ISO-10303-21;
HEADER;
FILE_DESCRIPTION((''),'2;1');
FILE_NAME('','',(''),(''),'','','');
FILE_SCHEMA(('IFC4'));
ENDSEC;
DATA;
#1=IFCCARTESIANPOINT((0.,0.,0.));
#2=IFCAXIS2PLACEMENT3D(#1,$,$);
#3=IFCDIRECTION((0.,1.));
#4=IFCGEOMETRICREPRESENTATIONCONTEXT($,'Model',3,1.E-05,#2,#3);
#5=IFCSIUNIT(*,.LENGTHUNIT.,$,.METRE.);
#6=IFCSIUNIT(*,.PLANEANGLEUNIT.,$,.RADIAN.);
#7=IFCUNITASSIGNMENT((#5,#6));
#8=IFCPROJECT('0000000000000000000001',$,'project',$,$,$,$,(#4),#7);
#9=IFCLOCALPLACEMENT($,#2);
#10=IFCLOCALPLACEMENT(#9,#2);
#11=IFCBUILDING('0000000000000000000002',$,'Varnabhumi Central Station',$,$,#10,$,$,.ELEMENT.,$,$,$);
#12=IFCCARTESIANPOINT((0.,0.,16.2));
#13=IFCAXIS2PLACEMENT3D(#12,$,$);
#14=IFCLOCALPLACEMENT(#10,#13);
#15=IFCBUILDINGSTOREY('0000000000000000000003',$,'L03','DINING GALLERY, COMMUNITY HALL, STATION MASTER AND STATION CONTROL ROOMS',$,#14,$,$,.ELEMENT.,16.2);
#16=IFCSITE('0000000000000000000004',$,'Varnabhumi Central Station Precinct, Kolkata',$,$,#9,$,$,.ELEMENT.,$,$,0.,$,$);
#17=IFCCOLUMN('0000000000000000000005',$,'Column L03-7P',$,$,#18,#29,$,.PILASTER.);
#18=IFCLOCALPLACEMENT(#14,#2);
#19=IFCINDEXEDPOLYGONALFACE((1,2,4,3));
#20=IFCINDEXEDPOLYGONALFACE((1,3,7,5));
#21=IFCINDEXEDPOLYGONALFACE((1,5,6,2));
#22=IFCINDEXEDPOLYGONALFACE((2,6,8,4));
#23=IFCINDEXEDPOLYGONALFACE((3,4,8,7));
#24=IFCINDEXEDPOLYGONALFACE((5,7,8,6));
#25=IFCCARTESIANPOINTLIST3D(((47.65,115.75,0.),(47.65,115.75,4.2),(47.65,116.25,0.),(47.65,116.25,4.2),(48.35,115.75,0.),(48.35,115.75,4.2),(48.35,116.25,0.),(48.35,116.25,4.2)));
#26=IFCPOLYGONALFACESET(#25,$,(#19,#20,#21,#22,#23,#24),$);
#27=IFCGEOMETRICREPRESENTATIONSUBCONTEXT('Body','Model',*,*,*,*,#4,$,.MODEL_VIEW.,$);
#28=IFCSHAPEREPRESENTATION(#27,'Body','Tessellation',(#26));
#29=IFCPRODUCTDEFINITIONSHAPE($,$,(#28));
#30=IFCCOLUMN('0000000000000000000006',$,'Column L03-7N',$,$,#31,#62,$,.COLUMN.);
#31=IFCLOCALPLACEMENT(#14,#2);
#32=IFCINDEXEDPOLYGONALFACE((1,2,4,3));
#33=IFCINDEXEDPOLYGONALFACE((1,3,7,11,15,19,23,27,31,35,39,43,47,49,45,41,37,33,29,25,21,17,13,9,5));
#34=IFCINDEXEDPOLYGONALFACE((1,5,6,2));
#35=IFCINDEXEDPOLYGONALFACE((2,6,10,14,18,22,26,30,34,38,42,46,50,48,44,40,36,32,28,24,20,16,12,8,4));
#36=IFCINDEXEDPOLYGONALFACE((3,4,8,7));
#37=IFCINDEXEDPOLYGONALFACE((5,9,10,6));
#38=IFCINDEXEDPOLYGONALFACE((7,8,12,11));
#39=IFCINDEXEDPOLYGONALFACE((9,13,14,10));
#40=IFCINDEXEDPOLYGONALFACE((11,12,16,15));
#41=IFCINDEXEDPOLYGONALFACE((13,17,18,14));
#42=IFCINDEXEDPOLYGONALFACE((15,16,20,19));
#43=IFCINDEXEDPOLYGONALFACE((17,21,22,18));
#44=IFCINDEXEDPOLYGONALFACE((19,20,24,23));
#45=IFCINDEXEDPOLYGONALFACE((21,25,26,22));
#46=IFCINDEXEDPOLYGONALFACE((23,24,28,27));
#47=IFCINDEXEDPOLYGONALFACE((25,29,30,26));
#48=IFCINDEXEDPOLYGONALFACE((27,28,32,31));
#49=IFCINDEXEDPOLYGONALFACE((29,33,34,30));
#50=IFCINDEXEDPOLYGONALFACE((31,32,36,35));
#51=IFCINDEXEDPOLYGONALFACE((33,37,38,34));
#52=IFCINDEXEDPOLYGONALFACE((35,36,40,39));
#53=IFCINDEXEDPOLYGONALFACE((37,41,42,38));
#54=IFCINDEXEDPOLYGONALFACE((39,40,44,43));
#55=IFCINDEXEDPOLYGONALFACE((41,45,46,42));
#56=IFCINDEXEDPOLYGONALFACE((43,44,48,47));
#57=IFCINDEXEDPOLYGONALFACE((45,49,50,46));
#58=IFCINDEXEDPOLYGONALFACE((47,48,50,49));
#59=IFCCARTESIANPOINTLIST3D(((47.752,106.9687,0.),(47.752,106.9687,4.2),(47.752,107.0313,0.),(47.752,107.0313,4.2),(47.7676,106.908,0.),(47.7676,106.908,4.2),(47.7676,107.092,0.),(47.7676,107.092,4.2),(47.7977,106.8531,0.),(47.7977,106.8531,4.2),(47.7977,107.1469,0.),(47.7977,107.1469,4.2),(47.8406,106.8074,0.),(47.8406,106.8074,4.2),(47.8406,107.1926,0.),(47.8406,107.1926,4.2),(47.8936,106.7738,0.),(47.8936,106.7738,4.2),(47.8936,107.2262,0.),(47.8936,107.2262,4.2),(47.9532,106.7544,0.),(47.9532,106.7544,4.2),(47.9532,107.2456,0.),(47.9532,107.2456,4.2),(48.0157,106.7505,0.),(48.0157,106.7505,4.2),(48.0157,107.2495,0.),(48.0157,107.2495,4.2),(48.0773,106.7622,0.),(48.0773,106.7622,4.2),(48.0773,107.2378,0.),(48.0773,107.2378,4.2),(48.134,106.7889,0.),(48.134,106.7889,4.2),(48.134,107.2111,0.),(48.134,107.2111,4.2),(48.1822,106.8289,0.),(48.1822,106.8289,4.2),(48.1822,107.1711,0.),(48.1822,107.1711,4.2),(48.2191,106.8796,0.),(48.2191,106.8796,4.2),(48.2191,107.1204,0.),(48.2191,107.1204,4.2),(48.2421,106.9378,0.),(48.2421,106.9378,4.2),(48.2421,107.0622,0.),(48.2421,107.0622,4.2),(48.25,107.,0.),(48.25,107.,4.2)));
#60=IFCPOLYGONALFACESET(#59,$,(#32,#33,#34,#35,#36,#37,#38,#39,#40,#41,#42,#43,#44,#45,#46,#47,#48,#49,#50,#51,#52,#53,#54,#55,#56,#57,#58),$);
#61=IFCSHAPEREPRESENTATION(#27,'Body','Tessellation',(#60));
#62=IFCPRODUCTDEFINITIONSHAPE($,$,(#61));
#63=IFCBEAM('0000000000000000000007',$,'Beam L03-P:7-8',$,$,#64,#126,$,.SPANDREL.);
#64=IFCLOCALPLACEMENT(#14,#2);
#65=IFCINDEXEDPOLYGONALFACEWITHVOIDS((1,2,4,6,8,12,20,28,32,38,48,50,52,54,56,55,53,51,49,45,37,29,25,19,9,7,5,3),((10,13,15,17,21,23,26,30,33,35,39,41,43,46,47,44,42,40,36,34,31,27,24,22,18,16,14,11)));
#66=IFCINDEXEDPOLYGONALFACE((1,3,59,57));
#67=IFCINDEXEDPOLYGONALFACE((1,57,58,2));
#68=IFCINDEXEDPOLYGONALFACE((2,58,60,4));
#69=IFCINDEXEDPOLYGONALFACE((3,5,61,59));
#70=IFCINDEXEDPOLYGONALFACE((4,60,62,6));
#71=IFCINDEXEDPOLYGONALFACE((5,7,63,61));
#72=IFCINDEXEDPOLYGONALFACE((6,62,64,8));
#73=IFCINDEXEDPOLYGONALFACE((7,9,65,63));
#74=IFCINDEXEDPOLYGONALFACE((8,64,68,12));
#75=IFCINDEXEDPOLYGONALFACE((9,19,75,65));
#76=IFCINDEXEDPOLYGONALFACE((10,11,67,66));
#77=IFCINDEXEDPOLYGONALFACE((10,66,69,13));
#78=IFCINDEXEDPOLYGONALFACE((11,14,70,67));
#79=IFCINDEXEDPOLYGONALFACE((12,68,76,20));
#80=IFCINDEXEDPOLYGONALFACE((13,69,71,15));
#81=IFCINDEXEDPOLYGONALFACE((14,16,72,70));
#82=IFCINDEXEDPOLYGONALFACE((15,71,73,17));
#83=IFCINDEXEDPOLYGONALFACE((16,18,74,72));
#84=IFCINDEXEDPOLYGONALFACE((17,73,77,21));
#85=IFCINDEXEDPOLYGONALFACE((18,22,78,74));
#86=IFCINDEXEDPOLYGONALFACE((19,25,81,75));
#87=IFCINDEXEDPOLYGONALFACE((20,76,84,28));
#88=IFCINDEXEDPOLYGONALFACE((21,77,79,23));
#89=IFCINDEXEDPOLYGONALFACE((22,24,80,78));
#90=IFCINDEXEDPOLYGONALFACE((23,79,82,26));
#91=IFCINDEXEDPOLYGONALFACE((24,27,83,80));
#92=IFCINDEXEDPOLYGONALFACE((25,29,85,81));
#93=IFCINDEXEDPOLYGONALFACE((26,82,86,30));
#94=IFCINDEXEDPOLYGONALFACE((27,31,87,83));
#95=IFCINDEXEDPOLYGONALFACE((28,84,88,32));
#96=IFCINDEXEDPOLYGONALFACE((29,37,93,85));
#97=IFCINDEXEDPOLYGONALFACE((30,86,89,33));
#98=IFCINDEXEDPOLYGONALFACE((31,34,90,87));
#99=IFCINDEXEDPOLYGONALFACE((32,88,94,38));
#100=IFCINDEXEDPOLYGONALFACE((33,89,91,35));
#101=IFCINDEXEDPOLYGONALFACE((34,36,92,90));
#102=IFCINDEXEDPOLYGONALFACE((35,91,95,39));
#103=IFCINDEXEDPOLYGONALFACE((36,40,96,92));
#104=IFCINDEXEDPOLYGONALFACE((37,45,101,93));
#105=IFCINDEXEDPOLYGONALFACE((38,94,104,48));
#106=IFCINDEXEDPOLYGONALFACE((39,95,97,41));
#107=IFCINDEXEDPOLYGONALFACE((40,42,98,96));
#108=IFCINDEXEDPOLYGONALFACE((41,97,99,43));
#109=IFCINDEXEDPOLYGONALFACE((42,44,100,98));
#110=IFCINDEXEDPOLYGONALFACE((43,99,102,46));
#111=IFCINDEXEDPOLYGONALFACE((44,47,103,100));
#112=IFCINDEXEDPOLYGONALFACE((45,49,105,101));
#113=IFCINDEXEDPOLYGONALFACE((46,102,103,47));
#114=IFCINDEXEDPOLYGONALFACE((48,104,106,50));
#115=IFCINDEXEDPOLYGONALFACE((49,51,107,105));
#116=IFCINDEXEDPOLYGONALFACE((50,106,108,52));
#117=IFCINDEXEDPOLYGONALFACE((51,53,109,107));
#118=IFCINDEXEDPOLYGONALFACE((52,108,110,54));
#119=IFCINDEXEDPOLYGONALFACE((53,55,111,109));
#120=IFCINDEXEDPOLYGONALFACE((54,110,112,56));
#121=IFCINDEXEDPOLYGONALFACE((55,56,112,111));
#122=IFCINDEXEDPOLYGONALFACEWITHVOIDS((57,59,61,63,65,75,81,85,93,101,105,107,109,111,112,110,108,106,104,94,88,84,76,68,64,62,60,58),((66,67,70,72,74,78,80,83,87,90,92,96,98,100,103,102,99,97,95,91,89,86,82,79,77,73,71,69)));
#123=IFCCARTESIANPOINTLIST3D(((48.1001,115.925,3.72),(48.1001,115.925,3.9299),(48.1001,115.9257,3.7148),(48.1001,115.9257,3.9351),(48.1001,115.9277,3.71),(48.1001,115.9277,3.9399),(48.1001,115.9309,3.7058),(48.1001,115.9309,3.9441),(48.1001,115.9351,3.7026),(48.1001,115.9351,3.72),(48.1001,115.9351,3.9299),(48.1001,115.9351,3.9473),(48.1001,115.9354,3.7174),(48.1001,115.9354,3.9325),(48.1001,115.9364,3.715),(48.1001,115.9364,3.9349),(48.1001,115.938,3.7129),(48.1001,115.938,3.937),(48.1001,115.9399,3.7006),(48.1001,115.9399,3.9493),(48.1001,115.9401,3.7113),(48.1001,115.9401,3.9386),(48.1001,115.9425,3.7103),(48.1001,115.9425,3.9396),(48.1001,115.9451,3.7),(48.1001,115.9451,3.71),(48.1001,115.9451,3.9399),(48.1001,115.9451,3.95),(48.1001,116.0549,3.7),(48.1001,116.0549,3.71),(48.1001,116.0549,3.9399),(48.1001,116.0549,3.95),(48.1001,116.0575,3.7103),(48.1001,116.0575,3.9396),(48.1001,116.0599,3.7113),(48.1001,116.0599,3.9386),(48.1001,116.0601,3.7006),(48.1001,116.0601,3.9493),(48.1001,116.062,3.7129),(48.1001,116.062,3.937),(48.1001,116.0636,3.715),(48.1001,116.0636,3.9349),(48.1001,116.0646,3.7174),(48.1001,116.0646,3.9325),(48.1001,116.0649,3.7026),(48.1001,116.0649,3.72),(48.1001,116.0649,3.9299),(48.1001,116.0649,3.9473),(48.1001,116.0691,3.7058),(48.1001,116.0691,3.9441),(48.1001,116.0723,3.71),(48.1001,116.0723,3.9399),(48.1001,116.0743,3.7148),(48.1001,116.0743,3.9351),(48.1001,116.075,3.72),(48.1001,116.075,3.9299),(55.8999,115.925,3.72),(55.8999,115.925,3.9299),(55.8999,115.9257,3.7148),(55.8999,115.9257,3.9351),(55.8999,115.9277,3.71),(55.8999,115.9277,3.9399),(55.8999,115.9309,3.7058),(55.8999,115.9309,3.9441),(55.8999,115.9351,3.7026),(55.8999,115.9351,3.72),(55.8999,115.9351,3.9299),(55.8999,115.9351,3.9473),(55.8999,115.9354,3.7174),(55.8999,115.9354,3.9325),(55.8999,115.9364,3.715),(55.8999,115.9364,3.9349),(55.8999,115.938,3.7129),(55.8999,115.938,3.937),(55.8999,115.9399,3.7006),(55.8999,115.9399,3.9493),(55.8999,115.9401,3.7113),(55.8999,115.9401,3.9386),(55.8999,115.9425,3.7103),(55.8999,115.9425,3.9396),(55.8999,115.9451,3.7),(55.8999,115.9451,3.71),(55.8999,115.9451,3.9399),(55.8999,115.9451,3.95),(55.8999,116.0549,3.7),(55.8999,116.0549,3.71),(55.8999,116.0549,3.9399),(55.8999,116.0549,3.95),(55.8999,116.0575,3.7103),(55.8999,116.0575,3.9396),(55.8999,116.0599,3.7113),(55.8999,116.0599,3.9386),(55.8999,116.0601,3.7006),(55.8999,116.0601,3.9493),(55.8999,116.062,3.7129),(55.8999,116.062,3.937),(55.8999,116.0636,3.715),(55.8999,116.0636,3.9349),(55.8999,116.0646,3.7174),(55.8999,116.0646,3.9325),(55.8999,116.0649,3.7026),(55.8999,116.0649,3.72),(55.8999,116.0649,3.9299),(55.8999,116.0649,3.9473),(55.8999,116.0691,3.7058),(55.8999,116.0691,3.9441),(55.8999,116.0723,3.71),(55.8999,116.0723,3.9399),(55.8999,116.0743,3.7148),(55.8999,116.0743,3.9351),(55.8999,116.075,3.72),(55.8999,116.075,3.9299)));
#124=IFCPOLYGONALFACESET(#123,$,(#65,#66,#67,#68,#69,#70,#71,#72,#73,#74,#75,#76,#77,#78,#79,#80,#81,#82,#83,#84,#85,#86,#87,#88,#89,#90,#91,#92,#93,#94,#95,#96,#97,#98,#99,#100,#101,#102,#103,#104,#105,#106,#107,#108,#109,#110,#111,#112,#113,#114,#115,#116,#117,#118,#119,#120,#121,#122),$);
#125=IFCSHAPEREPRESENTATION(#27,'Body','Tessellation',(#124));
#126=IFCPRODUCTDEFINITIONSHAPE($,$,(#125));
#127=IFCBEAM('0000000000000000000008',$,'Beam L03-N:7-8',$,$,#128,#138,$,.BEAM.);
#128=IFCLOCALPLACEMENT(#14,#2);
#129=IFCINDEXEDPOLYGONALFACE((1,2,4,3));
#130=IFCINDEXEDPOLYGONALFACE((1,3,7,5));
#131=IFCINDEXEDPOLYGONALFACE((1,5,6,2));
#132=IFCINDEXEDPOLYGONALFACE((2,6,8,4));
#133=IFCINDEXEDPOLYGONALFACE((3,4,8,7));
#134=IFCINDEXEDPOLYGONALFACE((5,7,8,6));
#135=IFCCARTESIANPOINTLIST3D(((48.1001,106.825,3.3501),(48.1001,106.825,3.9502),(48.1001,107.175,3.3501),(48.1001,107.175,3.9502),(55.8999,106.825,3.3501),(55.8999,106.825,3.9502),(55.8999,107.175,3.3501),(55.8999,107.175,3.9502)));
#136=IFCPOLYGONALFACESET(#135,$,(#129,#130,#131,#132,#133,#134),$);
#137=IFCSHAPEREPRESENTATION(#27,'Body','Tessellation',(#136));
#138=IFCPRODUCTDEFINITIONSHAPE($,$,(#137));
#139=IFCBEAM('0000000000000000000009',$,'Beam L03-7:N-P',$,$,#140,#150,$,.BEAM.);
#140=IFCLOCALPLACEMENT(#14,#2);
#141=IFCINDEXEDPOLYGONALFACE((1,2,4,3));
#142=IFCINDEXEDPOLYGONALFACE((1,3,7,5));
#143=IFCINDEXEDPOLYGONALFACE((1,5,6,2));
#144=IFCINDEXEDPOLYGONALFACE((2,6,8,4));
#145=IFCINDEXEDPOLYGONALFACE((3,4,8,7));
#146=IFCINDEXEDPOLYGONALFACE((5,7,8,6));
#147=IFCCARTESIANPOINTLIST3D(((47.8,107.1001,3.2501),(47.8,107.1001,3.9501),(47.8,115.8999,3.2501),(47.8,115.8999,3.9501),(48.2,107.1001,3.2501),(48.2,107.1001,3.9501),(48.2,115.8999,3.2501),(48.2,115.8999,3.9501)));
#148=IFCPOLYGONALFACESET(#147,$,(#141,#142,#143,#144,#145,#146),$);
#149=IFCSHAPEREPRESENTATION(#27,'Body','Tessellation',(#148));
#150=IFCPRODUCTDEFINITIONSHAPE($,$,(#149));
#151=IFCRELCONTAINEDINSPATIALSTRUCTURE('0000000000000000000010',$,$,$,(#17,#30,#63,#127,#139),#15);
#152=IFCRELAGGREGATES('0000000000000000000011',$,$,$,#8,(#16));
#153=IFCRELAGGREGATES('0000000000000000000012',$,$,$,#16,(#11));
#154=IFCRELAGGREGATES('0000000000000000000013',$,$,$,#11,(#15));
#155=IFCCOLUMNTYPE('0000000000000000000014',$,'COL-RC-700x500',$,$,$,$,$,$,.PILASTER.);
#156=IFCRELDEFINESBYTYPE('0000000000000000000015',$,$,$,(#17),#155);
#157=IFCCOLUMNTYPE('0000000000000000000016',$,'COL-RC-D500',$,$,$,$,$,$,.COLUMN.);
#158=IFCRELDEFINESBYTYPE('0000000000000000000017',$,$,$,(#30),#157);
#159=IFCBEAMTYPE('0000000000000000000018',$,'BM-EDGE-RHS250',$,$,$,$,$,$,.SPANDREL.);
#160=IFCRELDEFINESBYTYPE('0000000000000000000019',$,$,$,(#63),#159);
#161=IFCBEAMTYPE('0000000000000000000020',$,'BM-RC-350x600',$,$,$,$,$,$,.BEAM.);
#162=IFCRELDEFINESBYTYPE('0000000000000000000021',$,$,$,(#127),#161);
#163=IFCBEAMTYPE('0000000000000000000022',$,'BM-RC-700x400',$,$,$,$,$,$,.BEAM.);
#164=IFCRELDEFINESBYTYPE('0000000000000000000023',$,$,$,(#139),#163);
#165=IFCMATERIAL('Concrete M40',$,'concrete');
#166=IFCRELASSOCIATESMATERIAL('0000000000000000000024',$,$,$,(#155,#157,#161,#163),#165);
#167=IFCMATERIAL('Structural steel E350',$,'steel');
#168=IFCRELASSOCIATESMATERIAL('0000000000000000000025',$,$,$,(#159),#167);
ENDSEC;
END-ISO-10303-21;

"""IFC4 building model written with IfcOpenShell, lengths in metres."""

from ifc_helpers import new_model, si_unit, direction, frame, origin, origin_2d, place, context, subcontext, project, spatial, rectangle, hollow_rectangle, circle, extrude, material, material_profile, profile_set, type_object, element, save


model = new_model("IFC4")

# Units and contexts
model_context = context("Model", 3, precision=1e-05, world=origin(), true_north=direction((0.0, 1.0)))
body_context = subcontext(model_context, "Body", "Model", "MODEL_VIEW")
ifc_project = project(units=[si_unit("LENGTHUNIT", "METRE"), si_unit("PLANEANGLEUNIT", "RADIAN")], contexts=[model_context])

# Site, building, storey
site_placement = place(None, origin())
site = spatial("IfcSite", under=ifc_project, at=site_placement, Name="Varnabhumi Central Station Precinct, Kolkata", CompositionType="ELEMENT", RefElevation=0.0)
building_placement = place(site_placement, origin())
building = spatial("IfcBuilding", under=site, at=building_placement, Name="Varnabhumi Central Station", CompositionType="ELEMENT")
storey_placement = place(building_placement, frame((0.0, 0.0, 16.2)))
storey = spatial("IfcBuildingStorey", under=building, at=storey_placement, Name="L03", Description="DINING GALLERY, COMMUNITY HALL, STATION MASTER AND STATION CONTROL ROOMS", CompositionType="ELEMENT", Elevation=16.2)

# Columns
ifc_material_1 = material(Name="Concrete M40", Category="concrete")
ifc_material_profile_1 = material_profile(ifc_material_1, rectangle(XDim=0.7, YDim=0.5, at=origin_2d()), Name="Concrete M40", Category="concrete")
ifc_profile_set_1 = profile_set([ifc_material_profile_1], Name="Concrete M40")
column_type_1 = type_object("IfcColumnType", Name="COL-RC-700x500", PredefinedType="PILASTER", material=ifc_profile_set_1)
column_1_placement = place(storey_placement, frame((48.0, 116.0, 0.0), z_axis=(0.0, 0.0, 1.0), x_axis=(1.0, 0.0, 0.0)))
element("IfcColumn", 1, at=column_1_placement, inside=storey, type_object=column_type_1, Name="Column L03-7P", PredefinedType="PILASTER", context=body_context, shape_type="SweptSolid", body=[
    extrude(rectangle(XDim=0.7, YDim=0.5, at=origin_2d()), origin(), (0.0, 0.0, 1.0), 4.2),
])
ifc_material_profile_2 = material_profile(ifc_material_1, circle(Radius=0.25, at=origin_2d()), Name="Concrete M40", Category="concrete")
ifc_profile_set_2 = profile_set([ifc_material_profile_2], Name="Concrete M40")
column_type_2 = type_object("IfcColumnType", Name="COL-RC-D500", PredefinedType="COLUMN", material=ifc_profile_set_2)
column_2_placement = place(storey_placement, frame((48.0, 107.0, 0.0), z_axis=(0.0, 0.0, 1.0), x_axis=(1.0, 0.0, 0.0)))
element("IfcColumn", 2, at=column_2_placement, inside=storey, type_object=column_type_2, Name="Column L03-7N", PredefinedType="COLUMN", context=body_context, shape_type="SweptSolid", body=[
    extrude(circle(Radius=0.25, at=origin_2d()), origin(), (0.0, 0.0, 1.0), 4.2),
])

# Beams
ifc_material_2 = material(Name="Structural steel E350", Category="steel")
ifc_material_profile_3 = material_profile(ifc_material_2, hollow_rectangle(XDim=0.1499, YDim=0.25, WallThickness=0.01, InnerFilletRadius=0.01, OuterFilletRadius=0.02, at=origin_2d()), Name="Structural steel E350", Category="steel")
ifc_profile_set_3 = profile_set([ifc_material_profile_3], Name="Structural steel E350")
beam_type_1 = type_object("IfcBeamType", Name="BM-EDGE-RHS250", PredefinedType="SPANDREL", material=ifc_profile_set_3)
beam_1_placement = place(storey_placement, frame((48.1001, 116.0, 3.825), z_axis=(1.0, 0.0, 0.0), x_axis=(0.0, 1.0, 0.0)))
element("IfcBeam", 3, at=beam_1_placement, inside=storey, type_object=beam_type_1, Name="Beam L03-P:7-8", PredefinedType="SPANDREL", context=body_context, shape_type="SweptSolid", body=[
    extrude(hollow_rectangle(XDim=0.1499, YDim=0.25, WallThickness=0.01, InnerFilletRadius=0.01, OuterFilletRadius=0.02, at=origin_2d()), origin(), (0.0, 0.0, 1.0), 7.7998),
])
ifc_material_profile_4 = material_profile(ifc_material_1, rectangle(XDim=0.3501, YDim=0.6001, at=origin_2d()), Name="Concrete M40", Category="concrete")
ifc_profile_set_4 = profile_set([ifc_material_profile_4], Name="Concrete M40")
beam_type_2 = type_object("IfcBeamType", Name="BM-RC-350x600", PredefinedType="BEAM", material=ifc_profile_set_4)
beam_2_placement = place(storey_placement, frame((48.1001, 107.0, 3.6501), z_axis=(1.0, 0.0, 0.0), x_axis=(0.0, 1.0, 0.0)))
element("IfcBeam", 4, at=beam_2_placement, inside=storey, type_object=beam_type_2, Name="Beam L03-N:7-8", PredefinedType="BEAM", context=body_context, shape_type="SweptSolid", body=[
    extrude(rectangle(XDim=0.3501, YDim=0.6001, at=origin_2d()), origin(), (0.0, 0.0, 1.0), 7.7998),
])
ifc_material_profile_5 = material_profile(ifc_material_1, rectangle(XDim=0.3999, YDim=0.7, at=origin_2d()), Name="Concrete M40", Category="concrete")
ifc_profile_set_5 = profile_set([ifc_material_profile_5], Name="Concrete M40")
beam_type_3 = type_object("IfcBeamType", Name="BM-RC-700x400", PredefinedType="BEAM", material=ifc_profile_set_5)
beam_3_placement = place(storey_placement, frame((48.0, 107.1001, 3.6001), z_axis=(0.0, 1.0, 0.0), x_axis=(-1.0, 0.0, 0.0)))
element("IfcBeam", 5, at=beam_3_placement, inside=storey, type_object=beam_type_3, Name="Beam L03-7:N-P", PredefinedType="BEAM", context=body_context, shape_type="SweptSolid", body=[
    extrude(rectangle(XDim=0.3999, YDim=0.7, at=origin_2d()), origin(), (0.0, 0.0, 1.0), 8.7998),
])

save(model, "model.ifc")
